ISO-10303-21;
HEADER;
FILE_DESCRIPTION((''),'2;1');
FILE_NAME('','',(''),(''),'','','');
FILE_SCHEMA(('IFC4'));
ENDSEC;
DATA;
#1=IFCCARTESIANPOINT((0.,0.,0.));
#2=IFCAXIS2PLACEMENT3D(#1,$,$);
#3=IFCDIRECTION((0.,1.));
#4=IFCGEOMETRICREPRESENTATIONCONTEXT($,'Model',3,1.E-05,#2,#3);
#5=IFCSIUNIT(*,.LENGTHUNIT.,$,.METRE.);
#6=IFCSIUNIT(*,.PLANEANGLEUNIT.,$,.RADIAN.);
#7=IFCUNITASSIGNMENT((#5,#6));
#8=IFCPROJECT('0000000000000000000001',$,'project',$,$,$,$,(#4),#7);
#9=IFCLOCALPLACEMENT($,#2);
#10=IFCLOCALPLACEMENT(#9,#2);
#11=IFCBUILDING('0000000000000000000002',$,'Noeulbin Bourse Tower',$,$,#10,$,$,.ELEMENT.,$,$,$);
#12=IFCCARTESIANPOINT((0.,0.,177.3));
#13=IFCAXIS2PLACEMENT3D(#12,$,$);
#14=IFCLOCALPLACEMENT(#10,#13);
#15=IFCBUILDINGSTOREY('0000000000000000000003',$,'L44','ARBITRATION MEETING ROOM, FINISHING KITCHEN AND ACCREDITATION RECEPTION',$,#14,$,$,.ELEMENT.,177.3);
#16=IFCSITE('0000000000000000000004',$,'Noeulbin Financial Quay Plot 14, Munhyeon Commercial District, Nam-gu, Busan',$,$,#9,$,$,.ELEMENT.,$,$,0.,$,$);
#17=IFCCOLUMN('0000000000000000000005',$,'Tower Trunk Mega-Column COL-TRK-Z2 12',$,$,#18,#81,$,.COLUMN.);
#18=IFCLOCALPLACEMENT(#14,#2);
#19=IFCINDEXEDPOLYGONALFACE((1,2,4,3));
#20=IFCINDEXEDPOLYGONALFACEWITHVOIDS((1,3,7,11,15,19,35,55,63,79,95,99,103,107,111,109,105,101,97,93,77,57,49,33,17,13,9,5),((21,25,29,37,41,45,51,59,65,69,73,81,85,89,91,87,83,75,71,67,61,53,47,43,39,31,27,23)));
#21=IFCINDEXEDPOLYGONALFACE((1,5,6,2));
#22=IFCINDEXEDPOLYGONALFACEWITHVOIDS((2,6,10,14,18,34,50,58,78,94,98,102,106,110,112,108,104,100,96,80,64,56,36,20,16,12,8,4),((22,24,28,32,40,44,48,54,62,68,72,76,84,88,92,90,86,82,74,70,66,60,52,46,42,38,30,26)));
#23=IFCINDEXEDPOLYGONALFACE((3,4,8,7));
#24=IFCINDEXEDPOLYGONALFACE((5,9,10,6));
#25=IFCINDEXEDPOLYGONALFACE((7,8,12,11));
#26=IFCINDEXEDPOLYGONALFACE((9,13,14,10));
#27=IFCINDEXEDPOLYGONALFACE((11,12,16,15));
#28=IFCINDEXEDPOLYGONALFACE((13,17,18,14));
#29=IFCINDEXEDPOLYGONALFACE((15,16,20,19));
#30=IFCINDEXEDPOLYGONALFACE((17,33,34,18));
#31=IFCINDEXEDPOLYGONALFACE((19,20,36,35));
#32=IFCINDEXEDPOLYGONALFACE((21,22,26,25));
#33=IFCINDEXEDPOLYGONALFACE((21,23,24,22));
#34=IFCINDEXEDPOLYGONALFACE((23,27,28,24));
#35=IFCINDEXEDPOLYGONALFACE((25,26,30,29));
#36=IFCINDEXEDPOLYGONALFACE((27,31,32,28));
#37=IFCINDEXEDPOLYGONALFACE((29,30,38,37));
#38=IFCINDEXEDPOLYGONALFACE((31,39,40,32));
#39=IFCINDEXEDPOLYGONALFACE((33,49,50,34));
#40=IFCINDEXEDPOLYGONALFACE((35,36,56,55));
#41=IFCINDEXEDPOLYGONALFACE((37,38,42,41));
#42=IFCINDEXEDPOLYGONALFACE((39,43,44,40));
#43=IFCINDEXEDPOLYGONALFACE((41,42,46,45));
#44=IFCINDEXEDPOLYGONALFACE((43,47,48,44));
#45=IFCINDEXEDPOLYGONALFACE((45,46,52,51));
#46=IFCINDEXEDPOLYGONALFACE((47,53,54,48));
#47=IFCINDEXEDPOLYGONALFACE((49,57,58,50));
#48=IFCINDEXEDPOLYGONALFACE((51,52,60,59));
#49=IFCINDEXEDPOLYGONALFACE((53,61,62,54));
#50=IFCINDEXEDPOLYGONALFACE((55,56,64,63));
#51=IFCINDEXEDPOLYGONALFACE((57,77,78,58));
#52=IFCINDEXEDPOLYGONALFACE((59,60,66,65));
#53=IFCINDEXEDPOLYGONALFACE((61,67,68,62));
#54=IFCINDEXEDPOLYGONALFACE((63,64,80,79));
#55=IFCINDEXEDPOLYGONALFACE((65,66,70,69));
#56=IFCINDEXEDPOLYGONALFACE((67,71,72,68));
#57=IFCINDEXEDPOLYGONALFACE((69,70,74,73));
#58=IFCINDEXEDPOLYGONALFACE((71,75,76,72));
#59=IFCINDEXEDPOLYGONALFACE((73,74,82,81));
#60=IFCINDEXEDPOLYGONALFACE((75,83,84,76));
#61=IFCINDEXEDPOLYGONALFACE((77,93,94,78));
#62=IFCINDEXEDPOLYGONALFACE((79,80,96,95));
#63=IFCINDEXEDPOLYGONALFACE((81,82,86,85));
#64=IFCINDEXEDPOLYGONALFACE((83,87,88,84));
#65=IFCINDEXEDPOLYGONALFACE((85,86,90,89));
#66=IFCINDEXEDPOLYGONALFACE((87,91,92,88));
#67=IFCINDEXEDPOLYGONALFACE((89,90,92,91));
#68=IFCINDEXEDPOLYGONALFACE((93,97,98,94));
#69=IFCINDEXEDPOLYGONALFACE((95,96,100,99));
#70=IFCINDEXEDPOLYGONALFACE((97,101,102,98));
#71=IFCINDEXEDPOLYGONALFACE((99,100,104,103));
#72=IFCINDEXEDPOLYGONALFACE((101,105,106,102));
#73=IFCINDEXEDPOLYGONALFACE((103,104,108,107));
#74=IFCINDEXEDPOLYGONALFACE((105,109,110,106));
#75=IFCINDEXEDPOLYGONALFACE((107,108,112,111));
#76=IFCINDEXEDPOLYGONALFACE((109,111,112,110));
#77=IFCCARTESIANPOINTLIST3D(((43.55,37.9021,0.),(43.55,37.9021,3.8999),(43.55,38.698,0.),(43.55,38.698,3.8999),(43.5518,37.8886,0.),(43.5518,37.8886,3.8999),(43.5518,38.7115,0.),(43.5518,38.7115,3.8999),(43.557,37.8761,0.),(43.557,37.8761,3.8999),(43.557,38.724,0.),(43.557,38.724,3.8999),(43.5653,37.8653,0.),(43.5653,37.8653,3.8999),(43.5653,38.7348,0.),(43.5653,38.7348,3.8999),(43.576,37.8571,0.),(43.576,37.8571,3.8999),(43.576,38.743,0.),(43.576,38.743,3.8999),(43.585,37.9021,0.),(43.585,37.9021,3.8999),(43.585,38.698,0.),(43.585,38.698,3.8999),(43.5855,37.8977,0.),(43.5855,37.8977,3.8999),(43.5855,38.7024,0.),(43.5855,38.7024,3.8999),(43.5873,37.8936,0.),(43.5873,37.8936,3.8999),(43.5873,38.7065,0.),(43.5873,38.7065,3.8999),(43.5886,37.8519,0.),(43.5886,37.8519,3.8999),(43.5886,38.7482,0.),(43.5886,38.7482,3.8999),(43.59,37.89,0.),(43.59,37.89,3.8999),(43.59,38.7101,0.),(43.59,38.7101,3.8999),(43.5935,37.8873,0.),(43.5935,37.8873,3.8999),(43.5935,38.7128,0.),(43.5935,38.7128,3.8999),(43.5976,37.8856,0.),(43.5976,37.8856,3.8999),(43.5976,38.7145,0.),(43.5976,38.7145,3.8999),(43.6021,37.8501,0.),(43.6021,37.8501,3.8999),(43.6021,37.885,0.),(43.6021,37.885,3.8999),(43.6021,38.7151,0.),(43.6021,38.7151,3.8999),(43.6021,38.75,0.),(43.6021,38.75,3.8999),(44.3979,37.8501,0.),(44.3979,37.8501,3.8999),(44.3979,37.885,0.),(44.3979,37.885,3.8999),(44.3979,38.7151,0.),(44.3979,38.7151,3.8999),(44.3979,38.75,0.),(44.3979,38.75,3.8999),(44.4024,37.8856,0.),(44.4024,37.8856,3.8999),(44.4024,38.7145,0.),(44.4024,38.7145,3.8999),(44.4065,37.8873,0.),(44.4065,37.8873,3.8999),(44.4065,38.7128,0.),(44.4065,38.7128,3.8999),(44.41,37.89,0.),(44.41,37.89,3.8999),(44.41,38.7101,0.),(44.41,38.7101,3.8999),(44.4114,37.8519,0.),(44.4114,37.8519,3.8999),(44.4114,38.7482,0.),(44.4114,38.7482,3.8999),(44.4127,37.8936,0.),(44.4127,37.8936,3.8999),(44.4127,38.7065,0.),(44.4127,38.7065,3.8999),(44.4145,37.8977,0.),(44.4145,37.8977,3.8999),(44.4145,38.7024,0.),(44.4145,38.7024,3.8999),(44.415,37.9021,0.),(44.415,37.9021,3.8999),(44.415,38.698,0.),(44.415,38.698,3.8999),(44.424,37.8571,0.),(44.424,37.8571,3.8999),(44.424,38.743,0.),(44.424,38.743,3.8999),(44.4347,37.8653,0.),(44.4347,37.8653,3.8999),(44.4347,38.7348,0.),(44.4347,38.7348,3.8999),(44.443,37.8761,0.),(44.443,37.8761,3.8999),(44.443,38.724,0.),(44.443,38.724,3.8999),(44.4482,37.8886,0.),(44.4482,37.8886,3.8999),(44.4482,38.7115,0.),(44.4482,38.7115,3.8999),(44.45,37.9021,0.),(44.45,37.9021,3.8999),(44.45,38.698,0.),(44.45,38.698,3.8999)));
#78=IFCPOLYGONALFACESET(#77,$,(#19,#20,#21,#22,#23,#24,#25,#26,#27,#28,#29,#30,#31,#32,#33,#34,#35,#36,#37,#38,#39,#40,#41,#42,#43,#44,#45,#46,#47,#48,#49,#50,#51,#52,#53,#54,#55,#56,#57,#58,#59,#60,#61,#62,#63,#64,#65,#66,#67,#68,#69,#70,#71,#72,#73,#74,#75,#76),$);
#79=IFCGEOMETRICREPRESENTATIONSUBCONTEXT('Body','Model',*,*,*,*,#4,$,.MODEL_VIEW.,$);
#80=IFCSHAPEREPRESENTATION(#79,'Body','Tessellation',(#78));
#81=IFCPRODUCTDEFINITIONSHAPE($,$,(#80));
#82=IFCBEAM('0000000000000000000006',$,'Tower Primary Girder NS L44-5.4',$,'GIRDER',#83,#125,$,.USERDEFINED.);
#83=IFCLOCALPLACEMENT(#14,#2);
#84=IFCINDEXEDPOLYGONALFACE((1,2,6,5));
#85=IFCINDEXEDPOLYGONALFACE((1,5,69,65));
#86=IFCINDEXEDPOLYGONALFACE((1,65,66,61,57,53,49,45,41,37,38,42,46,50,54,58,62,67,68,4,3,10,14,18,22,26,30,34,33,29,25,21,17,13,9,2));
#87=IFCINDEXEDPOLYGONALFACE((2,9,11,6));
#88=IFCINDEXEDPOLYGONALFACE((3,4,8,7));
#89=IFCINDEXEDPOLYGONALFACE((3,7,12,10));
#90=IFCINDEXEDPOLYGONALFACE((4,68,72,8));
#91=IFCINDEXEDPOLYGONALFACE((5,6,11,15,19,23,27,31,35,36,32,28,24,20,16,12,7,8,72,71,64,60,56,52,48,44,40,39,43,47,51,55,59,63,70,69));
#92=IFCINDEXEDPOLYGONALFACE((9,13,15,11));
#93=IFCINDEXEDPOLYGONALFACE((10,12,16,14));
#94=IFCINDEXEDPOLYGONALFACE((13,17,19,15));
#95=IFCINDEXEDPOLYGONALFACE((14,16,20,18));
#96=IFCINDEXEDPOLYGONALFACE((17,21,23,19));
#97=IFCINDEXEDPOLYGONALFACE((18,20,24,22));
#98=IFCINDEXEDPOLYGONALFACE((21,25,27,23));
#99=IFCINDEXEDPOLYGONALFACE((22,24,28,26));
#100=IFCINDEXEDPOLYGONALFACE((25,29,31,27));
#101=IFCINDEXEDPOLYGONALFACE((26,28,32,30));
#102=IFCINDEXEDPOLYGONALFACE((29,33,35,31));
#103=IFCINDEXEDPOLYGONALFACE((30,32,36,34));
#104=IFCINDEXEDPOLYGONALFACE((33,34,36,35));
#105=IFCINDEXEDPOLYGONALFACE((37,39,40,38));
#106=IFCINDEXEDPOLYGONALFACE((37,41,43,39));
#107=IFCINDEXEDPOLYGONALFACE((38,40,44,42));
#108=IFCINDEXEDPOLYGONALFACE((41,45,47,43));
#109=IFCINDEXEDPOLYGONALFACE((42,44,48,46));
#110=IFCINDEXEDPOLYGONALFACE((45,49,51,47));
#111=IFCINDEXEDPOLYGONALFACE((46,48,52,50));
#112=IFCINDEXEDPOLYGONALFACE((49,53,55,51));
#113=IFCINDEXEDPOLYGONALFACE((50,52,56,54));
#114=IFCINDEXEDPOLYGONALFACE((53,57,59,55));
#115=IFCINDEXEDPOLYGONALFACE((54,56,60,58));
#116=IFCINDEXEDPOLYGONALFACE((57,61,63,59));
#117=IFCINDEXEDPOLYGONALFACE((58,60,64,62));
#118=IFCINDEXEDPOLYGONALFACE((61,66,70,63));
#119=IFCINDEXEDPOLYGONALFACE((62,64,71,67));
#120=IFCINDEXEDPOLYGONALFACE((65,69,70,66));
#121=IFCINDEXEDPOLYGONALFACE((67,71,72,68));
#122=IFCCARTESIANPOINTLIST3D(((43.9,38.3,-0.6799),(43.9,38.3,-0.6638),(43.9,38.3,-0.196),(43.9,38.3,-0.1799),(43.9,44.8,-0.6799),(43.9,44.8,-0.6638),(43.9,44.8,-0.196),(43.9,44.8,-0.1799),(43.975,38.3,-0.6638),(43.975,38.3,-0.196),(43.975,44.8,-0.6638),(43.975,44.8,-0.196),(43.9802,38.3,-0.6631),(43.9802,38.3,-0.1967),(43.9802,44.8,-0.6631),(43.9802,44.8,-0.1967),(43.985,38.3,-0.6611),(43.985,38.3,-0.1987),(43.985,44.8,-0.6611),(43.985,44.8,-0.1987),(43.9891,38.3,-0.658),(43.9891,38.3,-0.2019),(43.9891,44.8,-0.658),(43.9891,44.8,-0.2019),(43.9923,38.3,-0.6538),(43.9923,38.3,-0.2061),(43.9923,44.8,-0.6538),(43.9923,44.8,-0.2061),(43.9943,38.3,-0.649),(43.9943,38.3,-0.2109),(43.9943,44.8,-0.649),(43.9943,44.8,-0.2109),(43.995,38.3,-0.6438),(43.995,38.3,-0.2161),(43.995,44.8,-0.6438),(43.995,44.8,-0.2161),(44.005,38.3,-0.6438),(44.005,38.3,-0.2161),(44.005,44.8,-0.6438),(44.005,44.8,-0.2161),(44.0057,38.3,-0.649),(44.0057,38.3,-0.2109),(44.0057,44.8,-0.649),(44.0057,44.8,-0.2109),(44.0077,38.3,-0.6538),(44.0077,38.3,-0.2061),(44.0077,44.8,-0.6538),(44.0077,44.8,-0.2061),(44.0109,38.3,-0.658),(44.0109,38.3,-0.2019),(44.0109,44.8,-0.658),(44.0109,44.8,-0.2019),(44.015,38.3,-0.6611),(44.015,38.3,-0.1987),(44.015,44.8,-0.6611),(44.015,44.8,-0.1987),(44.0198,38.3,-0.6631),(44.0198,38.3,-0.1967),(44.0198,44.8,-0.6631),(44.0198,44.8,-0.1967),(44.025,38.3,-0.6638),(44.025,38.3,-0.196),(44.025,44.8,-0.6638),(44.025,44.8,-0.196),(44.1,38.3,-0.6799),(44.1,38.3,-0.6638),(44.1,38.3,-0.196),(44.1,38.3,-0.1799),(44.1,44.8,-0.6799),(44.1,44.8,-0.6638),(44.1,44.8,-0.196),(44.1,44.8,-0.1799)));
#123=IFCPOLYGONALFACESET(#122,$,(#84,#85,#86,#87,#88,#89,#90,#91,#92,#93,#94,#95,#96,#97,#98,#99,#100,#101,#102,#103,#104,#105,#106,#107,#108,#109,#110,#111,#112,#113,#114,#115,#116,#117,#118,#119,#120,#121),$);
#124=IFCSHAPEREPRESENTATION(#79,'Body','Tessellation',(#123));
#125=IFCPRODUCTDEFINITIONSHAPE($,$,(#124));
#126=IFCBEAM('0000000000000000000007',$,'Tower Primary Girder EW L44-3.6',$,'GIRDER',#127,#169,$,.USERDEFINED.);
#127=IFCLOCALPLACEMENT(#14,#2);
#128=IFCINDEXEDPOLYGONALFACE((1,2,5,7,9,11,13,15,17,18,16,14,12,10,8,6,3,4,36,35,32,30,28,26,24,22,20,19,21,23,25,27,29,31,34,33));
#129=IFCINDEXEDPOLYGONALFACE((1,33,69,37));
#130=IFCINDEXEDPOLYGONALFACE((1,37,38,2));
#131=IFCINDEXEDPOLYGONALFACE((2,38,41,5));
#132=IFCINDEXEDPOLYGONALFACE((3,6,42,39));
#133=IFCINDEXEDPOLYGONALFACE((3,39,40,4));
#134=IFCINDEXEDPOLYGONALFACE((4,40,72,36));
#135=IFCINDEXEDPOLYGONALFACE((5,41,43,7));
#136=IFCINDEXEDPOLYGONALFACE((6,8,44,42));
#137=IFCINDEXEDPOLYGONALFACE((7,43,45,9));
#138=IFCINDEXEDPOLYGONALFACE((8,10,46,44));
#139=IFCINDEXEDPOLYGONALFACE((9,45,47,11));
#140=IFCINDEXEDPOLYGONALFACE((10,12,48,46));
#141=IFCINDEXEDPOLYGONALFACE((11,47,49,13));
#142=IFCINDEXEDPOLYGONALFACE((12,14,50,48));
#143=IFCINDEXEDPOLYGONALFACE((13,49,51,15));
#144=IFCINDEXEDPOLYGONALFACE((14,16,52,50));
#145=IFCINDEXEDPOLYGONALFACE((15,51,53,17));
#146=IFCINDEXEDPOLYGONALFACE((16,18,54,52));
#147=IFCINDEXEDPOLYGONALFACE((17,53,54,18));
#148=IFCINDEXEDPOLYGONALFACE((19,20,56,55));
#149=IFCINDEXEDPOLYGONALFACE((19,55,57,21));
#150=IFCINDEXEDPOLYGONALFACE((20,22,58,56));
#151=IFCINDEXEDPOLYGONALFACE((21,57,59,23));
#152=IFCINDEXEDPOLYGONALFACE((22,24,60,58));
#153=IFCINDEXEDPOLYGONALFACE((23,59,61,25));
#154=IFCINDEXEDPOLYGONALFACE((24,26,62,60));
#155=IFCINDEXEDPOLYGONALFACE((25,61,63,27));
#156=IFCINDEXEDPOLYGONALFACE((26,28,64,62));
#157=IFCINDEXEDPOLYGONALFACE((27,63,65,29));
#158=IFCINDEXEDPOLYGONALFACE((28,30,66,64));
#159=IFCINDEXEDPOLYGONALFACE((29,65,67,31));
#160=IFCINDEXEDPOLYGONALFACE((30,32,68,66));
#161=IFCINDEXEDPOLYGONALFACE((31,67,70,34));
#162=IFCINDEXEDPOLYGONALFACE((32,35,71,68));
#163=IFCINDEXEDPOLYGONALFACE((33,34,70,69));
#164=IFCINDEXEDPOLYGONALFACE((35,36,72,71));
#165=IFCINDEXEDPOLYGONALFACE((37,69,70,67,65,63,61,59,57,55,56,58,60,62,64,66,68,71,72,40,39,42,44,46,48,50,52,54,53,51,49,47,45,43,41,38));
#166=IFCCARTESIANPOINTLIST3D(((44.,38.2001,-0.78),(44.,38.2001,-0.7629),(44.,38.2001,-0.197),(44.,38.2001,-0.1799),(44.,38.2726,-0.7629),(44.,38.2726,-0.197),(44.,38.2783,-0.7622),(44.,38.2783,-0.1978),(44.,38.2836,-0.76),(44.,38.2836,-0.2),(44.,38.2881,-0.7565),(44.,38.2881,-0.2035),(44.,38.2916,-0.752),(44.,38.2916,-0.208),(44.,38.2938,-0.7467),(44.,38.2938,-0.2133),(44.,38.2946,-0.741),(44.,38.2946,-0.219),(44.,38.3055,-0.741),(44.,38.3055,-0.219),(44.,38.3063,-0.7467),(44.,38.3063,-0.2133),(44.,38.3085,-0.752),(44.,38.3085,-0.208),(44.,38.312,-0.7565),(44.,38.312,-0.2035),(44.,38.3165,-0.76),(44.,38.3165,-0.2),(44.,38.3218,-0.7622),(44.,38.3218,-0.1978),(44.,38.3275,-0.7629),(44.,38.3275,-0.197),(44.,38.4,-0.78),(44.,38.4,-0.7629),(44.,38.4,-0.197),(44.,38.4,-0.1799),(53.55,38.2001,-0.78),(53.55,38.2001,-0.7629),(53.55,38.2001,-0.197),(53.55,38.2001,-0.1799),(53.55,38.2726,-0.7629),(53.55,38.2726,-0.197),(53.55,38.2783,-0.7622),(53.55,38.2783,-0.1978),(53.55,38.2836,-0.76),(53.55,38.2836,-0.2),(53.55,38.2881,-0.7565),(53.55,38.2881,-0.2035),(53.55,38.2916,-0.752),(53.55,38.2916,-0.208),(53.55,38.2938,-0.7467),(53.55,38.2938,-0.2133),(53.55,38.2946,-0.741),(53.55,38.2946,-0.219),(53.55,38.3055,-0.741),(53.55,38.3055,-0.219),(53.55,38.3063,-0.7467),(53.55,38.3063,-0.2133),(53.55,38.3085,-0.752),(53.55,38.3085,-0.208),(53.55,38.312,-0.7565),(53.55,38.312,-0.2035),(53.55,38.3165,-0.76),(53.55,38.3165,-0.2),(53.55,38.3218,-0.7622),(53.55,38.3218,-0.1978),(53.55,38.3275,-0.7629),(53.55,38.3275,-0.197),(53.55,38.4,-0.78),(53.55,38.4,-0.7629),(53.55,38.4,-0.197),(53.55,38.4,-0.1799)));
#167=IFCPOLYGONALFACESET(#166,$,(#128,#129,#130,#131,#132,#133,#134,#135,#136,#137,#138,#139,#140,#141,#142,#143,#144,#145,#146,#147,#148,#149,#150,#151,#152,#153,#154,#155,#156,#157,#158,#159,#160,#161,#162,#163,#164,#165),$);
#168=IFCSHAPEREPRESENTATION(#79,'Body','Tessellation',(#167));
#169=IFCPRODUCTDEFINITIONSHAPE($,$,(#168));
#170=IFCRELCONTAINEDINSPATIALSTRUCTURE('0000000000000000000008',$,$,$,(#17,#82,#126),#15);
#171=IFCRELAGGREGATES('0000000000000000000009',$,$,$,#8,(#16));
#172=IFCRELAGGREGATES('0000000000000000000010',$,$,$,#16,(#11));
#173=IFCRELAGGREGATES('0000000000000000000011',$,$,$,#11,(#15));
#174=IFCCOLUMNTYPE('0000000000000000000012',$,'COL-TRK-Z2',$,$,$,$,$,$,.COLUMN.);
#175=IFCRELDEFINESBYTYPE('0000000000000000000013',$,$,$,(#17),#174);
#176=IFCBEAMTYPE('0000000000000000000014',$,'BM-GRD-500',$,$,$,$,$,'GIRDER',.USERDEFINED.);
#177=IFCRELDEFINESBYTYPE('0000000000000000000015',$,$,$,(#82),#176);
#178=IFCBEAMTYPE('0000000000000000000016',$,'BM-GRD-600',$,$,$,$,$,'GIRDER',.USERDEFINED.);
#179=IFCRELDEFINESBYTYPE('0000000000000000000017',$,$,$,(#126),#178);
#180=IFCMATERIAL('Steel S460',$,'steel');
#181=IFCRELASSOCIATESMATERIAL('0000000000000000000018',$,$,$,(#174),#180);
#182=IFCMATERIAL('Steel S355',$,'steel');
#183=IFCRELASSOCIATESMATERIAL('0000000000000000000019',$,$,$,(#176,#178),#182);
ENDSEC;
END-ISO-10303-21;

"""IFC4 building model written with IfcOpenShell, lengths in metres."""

from ifc_helpers import new_model, si_unit, direction, frame, origin, origin_2d, place, context, subcontext, project, spatial, hollow_rectangle, i_section, extrude, material, material_profile, profile_set, type_object, element, save


model = new_model("IFC4")

# Units and contexts
model_context = context("Model", 3, precision=1e-05, world=origin(), true_north=direction((0.0, 1.0)))
body_context = subcontext(model_context, "Body", "Model", "MODEL_VIEW")
ifc_project = project(units=[si_unit("LENGTHUNIT", "METRE"), si_unit("PLANEANGLEUNIT", "RADIAN")], contexts=[model_context])

# Site, building, storey
site_placement = place(None, origin())
site = spatial("IfcSite", under=ifc_project, at=site_placement, Name="Noeulbin Financial Quay Plot 14, Munhyeon Commercial District, Nam-gu, Busan", CompositionType="ELEMENT", RefElevation=0.0)
building_placement = place(site_placement, origin())
building = spatial("IfcBuilding", under=site, at=building_placement, Name="Noeulbin Bourse Tower", CompositionType="ELEMENT")
storey_placement = place(building_placement, frame((0.0, 0.0, 177.3)))
storey = spatial("IfcBuildingStorey", under=building, at=storey_placement, Name="L44", Description="ARBITRATION MEETING ROOM, FINISHING KITCHEN AND ACCREDITATION RECEPTION", CompositionType="ELEMENT", Elevation=177.3)

# Column
ifc_material_1 = material(Name="Steel S460", Category="steel")
ifc_material_profile_1 = material_profile(ifc_material_1, hollow_rectangle(XDim=0.8999, YDim=0.8999, WallThickness=0.0349, InnerFilletRadius=0.0171, OuterFilletRadius=0.052, at=origin_2d()), Name="BOX-900x900x35", Category="LoadBearing")
ifc_profile_set_1 = profile_set([ifc_material_profile_1], Name="Steel S460")
column_type = type_object("IfcColumnType", Name="COL-TRK-Z2", PredefinedType="COLUMN", material=ifc_profile_set_1)
column_placement = place(storey_placement, frame((44.0, 38.3, 0.0), z_axis=(0.0, 0.0, 1.0), x_axis=(1.0, 0.0, 0.0)))
element("IfcColumn", 1, at=column_placement, inside=storey, type_object=column_type, Name="Tower Trunk Mega-Column COL-TRK-Z2 12", PredefinedType="COLUMN", context=body_context, shape_type="SweptSolid", body=[
    extrude(hollow_rectangle(XDim=0.8999, YDim=0.8999, WallThickness=0.0349, InnerFilletRadius=0.0171, OuterFilletRadius=0.052, at=origin_2d()), origin(), (0.0, 0.0, 1.0), 3.8999),
])

# Beams
ifc_material_2 = material(Name="Steel S355", Category="steel")
ifc_material_profile_2 = material_profile(ifc_material_2, i_section(OverallWidth=0.2, OverallDepth=0.5, WebThickness=0.01, FlangeThickness=0.0161, FilletRadius=0.02, at=origin_2d()), Name="H-500x200x10x16", Category="LoadBearing")
ifc_profile_set_2 = profile_set([ifc_material_profile_2], Name="Steel S355")
beam_type_1 = type_object("IfcBeamType", Name="BM-GRD-500", ElementType="GIRDER", PredefinedType="USERDEFINED", material=ifc_profile_set_2)
beam_1_placement = place(storey_placement, frame((44.0, 38.3, -0.4299), z_axis=(0.0, 1.0, 0.0), x_axis=(-1.0, 0.0, 0.0)))
element("IfcBeam", 2, at=beam_1_placement, inside=storey, type_object=beam_type_1, Name="Tower Primary Girder NS L44-5.4", ObjectType="GIRDER", PredefinedType="USERDEFINED", context=body_context, shape_type="SweptSolid", body=[
    extrude(i_section(OverallWidth=0.2, OverallDepth=0.5, WebThickness=0.01, FlangeThickness=0.0161, FilletRadius=0.02, at=origin_2d()), origin(), (0.0, 0.0, 1.0), 6.5),
])
ifc_material_profile_3 = material_profile(ifc_material_2, i_section(OverallWidth=0.2, OverallDepth=0.6001, WebThickness=0.011, FlangeThickness=0.0171, FilletRadius=0.022, at=origin_2d()), Name="H-600x200x11x17", Category="LoadBearing")
ifc_profile_set_3 = profile_set([ifc_material_profile_3], Name="Steel S355")
beam_type_2 = type_object("IfcBeamType", Name="BM-GRD-600", ElementType="GIRDER", PredefinedType="USERDEFINED", material=ifc_profile_set_3)
beam_2_placement = place(storey_placement, frame((44.0, 38.3, -0.48), z_axis=(1.0, 0.0, 0.0), x_axis=(0.0, 1.0, 0.0)))
element("IfcBeam", 3, at=beam_2_placement, inside=storey, type_object=beam_type_2, Name="Tower Primary Girder EW L44-3.6", ObjectType="GIRDER", PredefinedType="USERDEFINED", context=body_context, shape_type="SweptSolid", body=[
    extrude(i_section(OverallWidth=0.2, OverallDepth=0.6001, WebThickness=0.011, FlangeThickness=0.0171, FilletRadius=0.022, at=origin_2d()), origin(), (0.0, 0.0, 1.0), 9.55),
])

save(model, "model.ifc")
